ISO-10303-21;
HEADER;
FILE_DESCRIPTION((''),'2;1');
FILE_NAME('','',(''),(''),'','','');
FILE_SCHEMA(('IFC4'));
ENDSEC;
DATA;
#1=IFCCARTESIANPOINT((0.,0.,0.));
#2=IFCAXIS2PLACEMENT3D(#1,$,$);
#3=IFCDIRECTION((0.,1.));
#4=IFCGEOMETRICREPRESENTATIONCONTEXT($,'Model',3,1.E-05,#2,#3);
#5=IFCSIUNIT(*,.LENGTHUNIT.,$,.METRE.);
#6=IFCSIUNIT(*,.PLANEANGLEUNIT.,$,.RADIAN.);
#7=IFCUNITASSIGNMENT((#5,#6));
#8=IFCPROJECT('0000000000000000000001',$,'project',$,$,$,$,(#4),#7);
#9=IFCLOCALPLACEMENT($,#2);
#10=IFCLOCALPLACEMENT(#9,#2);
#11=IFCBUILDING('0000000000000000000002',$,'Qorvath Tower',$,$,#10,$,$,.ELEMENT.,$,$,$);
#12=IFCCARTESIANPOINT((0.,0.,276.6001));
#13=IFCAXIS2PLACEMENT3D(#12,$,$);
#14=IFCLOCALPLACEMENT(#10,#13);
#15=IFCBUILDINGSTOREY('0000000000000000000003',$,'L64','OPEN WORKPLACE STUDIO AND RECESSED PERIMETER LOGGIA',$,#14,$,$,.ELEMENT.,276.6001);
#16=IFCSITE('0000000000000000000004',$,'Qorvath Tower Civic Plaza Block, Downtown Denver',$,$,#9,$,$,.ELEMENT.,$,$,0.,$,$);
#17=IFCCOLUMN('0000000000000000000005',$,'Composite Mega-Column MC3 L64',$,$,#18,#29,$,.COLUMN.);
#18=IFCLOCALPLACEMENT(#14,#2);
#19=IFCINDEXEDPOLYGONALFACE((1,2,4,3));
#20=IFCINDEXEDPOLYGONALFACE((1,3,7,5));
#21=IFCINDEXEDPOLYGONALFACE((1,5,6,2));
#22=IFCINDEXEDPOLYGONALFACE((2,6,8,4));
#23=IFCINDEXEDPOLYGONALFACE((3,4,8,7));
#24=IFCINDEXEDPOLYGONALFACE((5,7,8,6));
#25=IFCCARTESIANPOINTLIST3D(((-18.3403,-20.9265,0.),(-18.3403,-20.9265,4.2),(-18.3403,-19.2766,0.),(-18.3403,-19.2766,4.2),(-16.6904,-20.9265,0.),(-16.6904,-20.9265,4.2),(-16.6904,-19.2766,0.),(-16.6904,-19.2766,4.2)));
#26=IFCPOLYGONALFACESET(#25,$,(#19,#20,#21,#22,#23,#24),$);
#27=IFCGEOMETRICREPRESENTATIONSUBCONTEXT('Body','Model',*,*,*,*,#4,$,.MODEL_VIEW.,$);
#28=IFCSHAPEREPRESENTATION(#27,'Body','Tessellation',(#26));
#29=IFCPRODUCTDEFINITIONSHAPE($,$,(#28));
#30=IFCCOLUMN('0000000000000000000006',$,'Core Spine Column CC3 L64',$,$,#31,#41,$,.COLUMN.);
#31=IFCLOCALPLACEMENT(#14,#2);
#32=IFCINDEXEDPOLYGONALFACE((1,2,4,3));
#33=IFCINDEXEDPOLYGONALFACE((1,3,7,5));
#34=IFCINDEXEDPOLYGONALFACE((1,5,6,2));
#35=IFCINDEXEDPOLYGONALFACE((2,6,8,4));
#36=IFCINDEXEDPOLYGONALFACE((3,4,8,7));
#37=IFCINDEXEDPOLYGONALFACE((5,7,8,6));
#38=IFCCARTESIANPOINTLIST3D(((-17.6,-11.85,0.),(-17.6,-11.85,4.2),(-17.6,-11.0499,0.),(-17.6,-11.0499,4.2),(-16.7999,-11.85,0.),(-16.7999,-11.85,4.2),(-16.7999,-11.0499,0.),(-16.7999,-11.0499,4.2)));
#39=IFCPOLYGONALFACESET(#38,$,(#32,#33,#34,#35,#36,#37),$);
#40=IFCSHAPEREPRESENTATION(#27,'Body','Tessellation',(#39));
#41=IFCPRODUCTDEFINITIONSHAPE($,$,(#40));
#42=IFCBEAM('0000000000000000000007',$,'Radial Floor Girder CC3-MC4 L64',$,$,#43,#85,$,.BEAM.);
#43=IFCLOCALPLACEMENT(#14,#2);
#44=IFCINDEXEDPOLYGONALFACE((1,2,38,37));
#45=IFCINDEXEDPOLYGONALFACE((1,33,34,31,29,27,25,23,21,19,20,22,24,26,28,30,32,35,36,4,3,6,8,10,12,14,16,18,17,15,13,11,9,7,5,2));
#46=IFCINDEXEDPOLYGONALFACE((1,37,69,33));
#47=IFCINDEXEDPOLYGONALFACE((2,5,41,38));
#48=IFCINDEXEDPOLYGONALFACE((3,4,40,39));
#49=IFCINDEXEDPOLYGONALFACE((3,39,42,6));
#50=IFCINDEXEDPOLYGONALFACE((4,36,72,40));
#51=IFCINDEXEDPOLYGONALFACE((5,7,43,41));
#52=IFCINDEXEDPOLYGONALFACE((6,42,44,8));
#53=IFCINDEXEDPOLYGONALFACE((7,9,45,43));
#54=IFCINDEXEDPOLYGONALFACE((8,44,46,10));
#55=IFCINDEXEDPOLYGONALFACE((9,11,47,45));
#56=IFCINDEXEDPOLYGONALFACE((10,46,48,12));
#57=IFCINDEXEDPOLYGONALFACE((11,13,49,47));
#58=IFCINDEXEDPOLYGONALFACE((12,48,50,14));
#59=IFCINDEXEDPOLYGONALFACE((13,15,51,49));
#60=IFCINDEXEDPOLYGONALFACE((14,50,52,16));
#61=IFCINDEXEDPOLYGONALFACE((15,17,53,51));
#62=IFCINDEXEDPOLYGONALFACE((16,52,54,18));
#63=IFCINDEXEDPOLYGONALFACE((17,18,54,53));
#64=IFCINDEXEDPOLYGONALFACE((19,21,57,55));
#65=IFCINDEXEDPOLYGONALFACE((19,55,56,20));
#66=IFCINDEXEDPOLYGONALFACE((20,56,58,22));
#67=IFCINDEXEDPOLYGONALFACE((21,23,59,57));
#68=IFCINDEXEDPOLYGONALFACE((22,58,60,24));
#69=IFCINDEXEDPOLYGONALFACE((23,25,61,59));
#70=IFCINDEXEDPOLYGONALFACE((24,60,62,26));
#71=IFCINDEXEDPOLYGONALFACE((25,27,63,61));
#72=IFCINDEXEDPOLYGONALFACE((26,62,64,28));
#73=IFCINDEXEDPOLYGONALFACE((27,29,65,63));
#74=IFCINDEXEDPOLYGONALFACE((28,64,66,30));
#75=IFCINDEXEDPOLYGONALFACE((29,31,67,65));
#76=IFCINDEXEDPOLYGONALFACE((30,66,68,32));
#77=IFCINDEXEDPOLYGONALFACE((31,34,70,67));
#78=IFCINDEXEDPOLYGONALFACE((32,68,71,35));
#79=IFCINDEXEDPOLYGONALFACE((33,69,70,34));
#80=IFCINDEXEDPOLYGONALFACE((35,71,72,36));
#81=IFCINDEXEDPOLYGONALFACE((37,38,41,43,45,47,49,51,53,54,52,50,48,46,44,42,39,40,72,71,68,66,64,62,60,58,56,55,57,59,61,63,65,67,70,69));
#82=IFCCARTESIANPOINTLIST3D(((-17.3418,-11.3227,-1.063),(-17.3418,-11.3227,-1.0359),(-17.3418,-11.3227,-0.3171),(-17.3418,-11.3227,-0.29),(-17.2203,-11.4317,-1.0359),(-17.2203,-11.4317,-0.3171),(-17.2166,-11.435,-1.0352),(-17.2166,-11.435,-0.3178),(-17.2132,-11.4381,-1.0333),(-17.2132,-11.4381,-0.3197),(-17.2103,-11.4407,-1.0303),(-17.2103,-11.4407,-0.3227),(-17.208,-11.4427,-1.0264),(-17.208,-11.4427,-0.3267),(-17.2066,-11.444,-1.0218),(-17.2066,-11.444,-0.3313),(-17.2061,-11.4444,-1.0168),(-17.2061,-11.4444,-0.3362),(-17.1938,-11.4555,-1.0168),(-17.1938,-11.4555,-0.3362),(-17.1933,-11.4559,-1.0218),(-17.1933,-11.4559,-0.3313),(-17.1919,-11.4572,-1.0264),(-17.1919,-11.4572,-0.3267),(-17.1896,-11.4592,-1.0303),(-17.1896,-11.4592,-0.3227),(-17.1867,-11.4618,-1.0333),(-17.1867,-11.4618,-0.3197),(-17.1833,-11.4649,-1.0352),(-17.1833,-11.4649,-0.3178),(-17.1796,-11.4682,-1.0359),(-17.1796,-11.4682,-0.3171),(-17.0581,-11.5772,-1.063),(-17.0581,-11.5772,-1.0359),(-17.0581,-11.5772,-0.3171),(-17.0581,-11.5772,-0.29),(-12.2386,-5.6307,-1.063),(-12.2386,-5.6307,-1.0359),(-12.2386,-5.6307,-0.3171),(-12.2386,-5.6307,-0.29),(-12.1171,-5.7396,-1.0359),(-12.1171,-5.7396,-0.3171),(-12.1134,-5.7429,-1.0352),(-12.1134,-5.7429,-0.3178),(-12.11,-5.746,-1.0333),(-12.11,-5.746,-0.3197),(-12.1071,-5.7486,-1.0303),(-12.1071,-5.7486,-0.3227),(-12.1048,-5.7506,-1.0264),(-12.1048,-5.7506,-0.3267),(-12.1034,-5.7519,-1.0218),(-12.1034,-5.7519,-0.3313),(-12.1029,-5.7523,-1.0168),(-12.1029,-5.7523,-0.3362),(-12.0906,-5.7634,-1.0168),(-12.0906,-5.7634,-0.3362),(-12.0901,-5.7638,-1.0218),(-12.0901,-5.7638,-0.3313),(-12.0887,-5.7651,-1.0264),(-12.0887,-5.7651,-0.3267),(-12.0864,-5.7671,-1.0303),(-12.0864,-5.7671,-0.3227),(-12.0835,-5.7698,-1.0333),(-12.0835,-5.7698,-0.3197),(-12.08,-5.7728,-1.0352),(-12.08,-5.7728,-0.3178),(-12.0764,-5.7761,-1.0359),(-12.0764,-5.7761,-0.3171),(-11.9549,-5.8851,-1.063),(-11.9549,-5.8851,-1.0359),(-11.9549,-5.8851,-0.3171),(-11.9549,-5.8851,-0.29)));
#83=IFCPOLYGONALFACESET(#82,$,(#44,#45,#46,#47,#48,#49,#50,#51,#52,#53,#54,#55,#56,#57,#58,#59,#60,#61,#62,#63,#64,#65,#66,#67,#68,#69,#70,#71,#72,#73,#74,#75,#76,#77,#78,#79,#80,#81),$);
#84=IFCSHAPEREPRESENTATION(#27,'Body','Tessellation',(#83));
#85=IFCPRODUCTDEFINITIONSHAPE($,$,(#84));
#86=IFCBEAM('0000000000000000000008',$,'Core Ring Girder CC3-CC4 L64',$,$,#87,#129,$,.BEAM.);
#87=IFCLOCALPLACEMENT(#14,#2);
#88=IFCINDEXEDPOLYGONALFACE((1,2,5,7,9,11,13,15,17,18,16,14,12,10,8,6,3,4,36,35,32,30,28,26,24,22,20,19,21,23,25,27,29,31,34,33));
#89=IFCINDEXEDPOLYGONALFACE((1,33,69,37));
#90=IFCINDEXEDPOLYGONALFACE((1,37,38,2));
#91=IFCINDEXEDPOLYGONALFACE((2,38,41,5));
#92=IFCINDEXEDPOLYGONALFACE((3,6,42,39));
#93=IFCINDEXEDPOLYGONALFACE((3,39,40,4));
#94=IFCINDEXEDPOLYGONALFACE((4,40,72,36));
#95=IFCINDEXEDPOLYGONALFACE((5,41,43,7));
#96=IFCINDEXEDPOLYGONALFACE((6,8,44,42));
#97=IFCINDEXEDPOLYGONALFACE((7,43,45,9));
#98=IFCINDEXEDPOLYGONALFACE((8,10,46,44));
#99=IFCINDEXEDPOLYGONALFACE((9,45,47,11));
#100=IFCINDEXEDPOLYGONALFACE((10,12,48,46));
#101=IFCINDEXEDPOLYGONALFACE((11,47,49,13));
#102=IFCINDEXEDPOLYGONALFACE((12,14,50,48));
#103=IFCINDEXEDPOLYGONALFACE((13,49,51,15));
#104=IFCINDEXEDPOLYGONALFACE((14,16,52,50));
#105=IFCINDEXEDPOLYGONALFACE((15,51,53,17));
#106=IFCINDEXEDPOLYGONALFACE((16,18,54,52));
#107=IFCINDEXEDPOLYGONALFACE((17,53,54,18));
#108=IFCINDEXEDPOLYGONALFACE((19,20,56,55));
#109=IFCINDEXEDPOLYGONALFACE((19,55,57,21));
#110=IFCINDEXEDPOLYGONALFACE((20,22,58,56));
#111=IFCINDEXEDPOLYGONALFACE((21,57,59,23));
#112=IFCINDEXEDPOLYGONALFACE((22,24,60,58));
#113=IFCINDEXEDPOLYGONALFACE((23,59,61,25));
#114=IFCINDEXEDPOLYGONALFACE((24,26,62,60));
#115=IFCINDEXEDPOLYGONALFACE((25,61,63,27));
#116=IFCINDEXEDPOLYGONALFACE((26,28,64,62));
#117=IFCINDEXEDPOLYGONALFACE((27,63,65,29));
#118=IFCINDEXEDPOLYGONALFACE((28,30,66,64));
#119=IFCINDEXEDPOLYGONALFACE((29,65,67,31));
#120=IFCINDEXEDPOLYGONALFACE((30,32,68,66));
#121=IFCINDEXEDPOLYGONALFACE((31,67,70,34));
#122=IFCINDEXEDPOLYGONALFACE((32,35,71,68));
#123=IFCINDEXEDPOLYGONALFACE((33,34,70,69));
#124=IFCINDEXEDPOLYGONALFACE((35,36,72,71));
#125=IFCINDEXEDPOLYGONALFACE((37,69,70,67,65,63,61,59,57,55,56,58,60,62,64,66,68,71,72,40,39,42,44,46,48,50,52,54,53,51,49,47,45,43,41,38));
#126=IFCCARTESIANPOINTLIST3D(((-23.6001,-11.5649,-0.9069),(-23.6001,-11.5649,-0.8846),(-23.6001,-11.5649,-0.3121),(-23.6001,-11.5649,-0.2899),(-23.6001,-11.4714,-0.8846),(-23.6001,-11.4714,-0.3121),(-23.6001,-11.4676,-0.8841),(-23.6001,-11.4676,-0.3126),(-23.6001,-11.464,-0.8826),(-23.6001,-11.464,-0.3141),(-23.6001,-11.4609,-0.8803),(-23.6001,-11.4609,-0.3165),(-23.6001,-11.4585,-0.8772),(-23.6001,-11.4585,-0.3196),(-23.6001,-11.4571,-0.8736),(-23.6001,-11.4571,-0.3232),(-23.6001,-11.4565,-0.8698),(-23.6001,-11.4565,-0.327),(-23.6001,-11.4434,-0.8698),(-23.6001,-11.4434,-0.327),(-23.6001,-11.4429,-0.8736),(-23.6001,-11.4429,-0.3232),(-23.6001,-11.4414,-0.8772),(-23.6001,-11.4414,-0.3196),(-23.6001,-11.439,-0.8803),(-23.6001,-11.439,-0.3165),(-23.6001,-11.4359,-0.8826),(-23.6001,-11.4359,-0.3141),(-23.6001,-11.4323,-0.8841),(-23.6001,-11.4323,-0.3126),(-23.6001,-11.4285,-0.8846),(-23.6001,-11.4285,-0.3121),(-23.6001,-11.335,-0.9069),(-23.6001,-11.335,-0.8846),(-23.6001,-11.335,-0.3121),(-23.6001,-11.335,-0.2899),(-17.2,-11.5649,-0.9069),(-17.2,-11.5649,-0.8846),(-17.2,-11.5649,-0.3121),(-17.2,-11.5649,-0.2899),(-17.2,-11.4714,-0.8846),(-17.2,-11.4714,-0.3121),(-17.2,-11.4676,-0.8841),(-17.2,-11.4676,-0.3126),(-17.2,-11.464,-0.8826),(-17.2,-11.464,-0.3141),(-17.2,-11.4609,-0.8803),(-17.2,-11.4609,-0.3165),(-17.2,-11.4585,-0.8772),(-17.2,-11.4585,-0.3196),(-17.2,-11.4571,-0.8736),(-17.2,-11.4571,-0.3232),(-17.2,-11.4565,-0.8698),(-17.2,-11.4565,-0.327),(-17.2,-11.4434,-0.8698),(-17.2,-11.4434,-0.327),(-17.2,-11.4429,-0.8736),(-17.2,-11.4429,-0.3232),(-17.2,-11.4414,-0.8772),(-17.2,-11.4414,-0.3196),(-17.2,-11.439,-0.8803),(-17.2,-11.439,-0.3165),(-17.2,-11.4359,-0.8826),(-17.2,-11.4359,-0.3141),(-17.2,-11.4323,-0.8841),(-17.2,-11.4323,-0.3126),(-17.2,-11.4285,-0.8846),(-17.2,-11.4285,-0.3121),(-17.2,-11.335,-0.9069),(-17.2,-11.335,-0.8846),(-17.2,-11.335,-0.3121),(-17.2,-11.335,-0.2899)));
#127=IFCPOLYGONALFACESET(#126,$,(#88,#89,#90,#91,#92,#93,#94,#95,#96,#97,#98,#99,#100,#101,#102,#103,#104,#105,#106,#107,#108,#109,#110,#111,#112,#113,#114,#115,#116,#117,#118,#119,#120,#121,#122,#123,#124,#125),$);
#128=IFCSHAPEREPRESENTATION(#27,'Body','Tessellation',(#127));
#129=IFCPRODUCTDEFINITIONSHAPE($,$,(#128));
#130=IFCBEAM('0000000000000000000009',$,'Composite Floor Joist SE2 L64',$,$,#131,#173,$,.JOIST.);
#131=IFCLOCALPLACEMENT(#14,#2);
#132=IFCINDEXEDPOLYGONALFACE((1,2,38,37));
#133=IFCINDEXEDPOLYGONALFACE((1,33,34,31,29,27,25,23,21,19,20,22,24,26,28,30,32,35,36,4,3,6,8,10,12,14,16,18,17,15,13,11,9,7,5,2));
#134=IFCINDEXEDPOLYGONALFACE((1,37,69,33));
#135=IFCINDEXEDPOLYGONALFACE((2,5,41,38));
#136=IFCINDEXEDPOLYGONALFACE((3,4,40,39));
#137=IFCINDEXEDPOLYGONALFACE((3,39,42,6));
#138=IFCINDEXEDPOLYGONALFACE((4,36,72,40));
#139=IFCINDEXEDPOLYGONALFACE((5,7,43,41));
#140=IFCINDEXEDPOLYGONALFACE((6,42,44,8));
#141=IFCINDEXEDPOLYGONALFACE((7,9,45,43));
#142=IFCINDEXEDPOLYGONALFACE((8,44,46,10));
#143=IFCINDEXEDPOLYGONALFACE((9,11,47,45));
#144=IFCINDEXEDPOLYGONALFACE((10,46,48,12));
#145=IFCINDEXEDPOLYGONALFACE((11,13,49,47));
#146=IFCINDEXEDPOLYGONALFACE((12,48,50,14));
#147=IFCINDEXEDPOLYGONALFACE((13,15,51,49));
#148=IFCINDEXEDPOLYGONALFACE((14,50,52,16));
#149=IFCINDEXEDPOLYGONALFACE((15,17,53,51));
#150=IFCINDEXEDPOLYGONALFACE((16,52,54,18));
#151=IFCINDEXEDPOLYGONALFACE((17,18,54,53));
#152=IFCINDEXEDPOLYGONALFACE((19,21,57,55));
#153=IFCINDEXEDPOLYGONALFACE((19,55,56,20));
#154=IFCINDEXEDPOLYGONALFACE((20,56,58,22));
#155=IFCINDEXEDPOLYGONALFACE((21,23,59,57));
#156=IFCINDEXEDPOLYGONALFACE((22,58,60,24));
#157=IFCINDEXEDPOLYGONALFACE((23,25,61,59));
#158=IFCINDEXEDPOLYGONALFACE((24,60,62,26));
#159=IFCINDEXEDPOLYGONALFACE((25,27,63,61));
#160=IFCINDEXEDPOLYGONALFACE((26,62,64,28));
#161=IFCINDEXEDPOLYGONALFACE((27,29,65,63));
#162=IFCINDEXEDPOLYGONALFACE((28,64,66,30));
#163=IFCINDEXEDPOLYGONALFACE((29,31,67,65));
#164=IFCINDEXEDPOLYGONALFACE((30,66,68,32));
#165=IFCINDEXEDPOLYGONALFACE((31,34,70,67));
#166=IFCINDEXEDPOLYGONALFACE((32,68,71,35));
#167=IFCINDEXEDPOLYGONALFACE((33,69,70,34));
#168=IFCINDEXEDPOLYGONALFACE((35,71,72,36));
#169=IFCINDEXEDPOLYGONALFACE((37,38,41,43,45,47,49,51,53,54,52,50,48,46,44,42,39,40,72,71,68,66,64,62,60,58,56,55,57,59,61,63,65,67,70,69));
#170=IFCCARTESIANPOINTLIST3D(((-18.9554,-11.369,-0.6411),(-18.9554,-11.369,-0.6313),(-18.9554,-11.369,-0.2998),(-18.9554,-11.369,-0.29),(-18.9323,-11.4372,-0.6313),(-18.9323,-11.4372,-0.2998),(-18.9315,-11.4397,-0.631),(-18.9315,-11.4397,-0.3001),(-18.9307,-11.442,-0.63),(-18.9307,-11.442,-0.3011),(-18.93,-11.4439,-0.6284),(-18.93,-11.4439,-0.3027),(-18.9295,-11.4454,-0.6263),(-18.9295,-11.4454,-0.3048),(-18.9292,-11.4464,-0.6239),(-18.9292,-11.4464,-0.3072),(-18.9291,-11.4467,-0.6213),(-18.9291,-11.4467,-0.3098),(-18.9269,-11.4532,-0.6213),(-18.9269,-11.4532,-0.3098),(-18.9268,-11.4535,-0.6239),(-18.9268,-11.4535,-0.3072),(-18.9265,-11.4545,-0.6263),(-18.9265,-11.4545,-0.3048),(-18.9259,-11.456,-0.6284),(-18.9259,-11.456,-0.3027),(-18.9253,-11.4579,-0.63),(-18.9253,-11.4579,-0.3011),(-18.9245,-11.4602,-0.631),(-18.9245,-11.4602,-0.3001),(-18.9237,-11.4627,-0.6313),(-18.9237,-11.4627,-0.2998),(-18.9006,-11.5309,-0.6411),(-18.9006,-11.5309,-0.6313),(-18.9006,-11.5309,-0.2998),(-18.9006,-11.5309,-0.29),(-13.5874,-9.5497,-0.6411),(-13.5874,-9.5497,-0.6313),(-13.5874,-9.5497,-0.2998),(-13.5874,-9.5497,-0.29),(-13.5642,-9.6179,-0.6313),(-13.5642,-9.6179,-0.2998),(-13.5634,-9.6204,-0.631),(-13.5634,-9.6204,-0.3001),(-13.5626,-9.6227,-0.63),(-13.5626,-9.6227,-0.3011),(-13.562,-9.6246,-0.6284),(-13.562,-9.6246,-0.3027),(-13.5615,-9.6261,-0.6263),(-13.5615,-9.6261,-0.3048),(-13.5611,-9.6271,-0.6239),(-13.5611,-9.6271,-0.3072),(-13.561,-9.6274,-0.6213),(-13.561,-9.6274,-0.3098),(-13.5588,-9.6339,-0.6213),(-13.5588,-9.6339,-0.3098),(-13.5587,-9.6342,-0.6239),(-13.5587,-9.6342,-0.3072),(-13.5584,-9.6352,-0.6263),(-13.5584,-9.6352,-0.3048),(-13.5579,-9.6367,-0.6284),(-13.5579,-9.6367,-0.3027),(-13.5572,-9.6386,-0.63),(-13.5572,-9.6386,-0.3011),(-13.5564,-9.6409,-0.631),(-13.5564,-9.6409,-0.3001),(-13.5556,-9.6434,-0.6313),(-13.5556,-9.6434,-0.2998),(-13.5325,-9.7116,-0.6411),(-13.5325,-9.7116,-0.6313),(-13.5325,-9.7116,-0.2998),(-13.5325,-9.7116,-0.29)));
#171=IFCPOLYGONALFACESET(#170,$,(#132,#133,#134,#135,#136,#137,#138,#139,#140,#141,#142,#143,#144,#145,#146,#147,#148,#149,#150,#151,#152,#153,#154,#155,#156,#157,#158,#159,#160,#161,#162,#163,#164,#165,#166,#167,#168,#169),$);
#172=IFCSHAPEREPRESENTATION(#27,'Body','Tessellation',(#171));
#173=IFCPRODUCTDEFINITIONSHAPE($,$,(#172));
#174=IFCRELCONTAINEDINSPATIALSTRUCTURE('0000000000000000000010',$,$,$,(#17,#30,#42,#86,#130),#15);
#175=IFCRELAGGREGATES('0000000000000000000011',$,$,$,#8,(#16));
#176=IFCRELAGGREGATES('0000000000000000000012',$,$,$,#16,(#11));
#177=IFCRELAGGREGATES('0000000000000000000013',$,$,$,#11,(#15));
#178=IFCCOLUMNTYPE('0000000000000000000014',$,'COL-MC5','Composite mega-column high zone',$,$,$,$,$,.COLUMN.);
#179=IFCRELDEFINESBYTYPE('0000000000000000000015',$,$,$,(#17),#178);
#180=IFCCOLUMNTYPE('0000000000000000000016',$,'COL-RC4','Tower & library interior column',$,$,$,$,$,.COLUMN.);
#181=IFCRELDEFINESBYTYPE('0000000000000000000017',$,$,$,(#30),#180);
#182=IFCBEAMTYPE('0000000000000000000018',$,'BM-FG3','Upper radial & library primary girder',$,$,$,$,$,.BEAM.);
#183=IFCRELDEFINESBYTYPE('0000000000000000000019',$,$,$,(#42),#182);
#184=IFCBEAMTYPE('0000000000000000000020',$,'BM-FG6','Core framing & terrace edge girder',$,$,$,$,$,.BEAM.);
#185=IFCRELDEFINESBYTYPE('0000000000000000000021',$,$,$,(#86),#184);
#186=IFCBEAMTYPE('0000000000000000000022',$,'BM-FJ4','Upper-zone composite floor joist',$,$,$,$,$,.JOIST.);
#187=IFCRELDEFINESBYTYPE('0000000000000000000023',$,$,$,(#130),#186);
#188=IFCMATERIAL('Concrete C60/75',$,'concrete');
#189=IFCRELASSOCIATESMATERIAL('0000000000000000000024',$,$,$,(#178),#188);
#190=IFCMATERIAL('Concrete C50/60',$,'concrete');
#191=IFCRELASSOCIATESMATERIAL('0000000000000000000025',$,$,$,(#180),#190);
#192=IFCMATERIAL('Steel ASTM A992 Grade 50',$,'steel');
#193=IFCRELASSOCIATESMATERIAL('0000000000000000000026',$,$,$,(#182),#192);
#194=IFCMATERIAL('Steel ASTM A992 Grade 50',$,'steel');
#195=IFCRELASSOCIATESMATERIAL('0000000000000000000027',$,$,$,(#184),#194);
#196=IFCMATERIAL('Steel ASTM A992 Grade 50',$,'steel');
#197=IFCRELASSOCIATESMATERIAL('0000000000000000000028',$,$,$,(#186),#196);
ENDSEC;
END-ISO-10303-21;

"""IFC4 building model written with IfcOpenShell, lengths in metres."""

from ifc_helpers import new_model, si_unit, direction, frame, origin, origin_2d, place, context, subcontext, project, spatial, rectangle, i_section, extrude, material, material_profile, profile_set, type_object, element, save


model = new_model("IFC4")

# Units and contexts
model_context = context("Model", 3, precision=1e-05, world=origin(), true_north=direction((0.0, 1.0)))
body_context = subcontext(model_context, "Body", "Model", "MODEL_VIEW")
ifc_project = project(units=[si_unit("LENGTHUNIT", "METRE"), si_unit("PLANEANGLEUNIT", "RADIAN")], contexts=[model_context])

# Site, building, storey
site_placement = place(None, origin())
site = spatial("IfcSite", under=ifc_project, at=site_placement, Name="Qorvath Tower Civic Plaza Block, Downtown Denver", CompositionType="ELEMENT", RefElevation=0.0)
building_placement = place(site_placement, origin())
building = spatial("IfcBuilding", under=site, at=building_placement, Name="Qorvath Tower", CompositionType="ELEMENT")
storey_placement = place(building_placement, frame((0.0, 0.0, 276.6001)))
storey = spatial("IfcBuildingStorey", under=building, at=storey_placement, Name="L64", Description="OPEN WORKPLACE STUDIO AND RECESSED PERIMETER LOGGIA", CompositionType="ELEMENT", Elevation=276.6001)

# Columns
ifc_material_1 = material(Name="Concrete C60/75", Category="concrete")
ifc_material_profile_1 = material_profile(ifc_material_1, rectangle(XDim=1.6499, YDim=1.6499, at=origin_2d()), Name="MC 1650x1650")
ifc_profile_set_1 = profile_set([ifc_material_profile_1], Name="Concrete C60/75")
column_type_1 = type_object("IfcColumnType", Name="COL-MC5", Description="Composite mega-column high zone", PredefinedType="COLUMN", material=ifc_profile_set_1)
column_1_placement = place(storey_placement, frame((-17.5154, -20.1016, 0.0), z_axis=(0.0, 0.0, 1.0), x_axis=(1.0, 0.0, 0.0)))
element("IfcColumn", 1, at=column_1_placement, inside=storey, type_object=column_type_1, Name="Composite Mega-Column MC3 L64", PredefinedType="COLUMN", context=body_context, shape_type="SweptSolid", body=[
    extrude(rectangle(XDim=1.6499, YDim=1.6499, at=origin_2d()), origin(), (0.0, 0.0, 1.0), 4.2),
])
ifc_material_2 = material(Name="Concrete C50/60", Category="concrete")
ifc_material_profile_2 = material_profile(ifc_material_2, rectangle(XDim=0.8, YDim=0.8, at=origin_2d()), Name="RC 800x800")
ifc_profile_set_2 = profile_set([ifc_material_profile_2], Name="Concrete C50/60")
column_type_2 = type_object("IfcColumnType", Name="COL-RC4", Description="Tower & library interior column", PredefinedType="COLUMN", material=ifc_profile_set_2)
column_2_placement = place(storey_placement, frame((-17.2, -11.45, 0.0), z_axis=(0.0, 0.0, 1.0), x_axis=(1.0, 0.0, 0.0)))
element("IfcColumn", 2, at=column_2_placement, inside=storey, type_object=column_type_2, Name="Core Spine Column CC3 L64", PredefinedType="COLUMN", context=body_context, shape_type="SweptSolid", body=[
    extrude(rectangle(XDim=0.8, YDim=0.8, at=origin_2d()), origin(), (0.0, 0.0, 1.0), 4.2),
])

# Beams
ifc_material_3 = material(Name="Steel ASTM A992 Grade 50", Category="steel")
ifc_material_profile_3 = material_profile(ifc_material_3, i_section(OverallWidth=0.3811, OverallDepth=0.7729, WebThickness=0.0166, FlangeThickness=0.0271, FilletRadius=0.019, at=origin_2d()), Name="W30x173")
ifc_profile_set_3 = profile_set([ifc_material_profile_3], Name="Steel ASTM A992 Grade 50")
beam_type_1 = type_object("IfcBeamType", Name="BM-FG3", Description="Upper radial & library primary girder", PredefinedType="BEAM", material=ifc_profile_set_3)
beam_1_placement = place(storey_placement, frame((-17.2, -11.45, -0.6765), z_axis=(0.667543, 0.744571, 0.0), x_axis=(-0.744571, 0.667543, 0.0)))
element("IfcBeam", 3, at=beam_1_placement, inside=storey, type_object=beam_type_1, Name="Radial Floor Girder CC3-MC4 L64", PredefinedType="BEAM", context=body_context, shape_type="SweptSolid", body=[
    extrude(i_section(OverallWidth=0.3811, OverallDepth=0.7729, WebThickness=0.0166, FlangeThickness=0.0271, FilletRadius=0.019, at=origin_2d()), origin(), (0.0, 0.0, 1.0), 7.6448),
])
ifc_material_4 = material(Name="Steel ASTM A992 Grade 50", Category="steel")
ifc_material_profile_4 = material_profile(ifc_material_4, i_section(OverallWidth=0.23, OverallDepth=0.6169, WebThickness=0.0132, FlangeThickness=0.0222, FilletRadius=0.0149, at=origin_2d()), Name="W24x94")
ifc_profile_set_4 = profile_set([ifc_material_profile_4], Name="Steel ASTM A992 Grade 50")
beam_type_2 = type_object("IfcBeamType", Name="BM-FG6", Description="Core framing & terrace edge girder", PredefinedType="BEAM", material=ifc_profile_set_4)
beam_2_placement = place(storey_placement, frame((-17.2, -11.45, -0.5984), z_axis=(-1.0, 0.0, 0.0), x_axis=(0.0, -1.0, 0.0)))
element("IfcBeam", 4, at=beam_2_placement, inside=storey, type_object=beam_type_2, Name="Core Ring Girder CC3-CC4 L64", PredefinedType="BEAM", context=body_context, shape_type="SweptSolid", body=[
    extrude(i_section(OverallWidth=0.23, OverallDepth=0.6169, WebThickness=0.0132, FlangeThickness=0.0222, FilletRadius=0.0149, at=origin_2d()), origin(), (0.0, 0.0, 1.0), 6.4001),
])
ifc_material_5 = material(Name="Steel ASTM A992 Grade 50", Category="steel")
ifc_material_profile_5 = material_profile(ifc_material_5, i_section(OverallWidth=0.1709, OverallDepth=0.3511, WebThickness=0.0068, FlangeThickness=0.0098, FilletRadius=0.01, at=origin_2d()), Name="W14x30")
ifc_profile_set_5 = profile_set([ifc_material_profile_5], Name="Steel ASTM A992 Grade 50")
beam_type_3 = type_object("IfcBeamType", Name="BM-FJ4", Description="Upper-zone composite floor joist", PredefinedType="JOIST", material=ifc_profile_set_5)
beam_3_placement = place(storey_placement, frame((-18.928, -11.45, -0.4656), z_axis=(0.947086, 0.320979, 0.0), x_axis=(-0.320979, 0.947086, 0.0)))
element("IfcBeam", 5, at=beam_3_placement, inside=storey, type_object=beam_type_3, Name="Composite Floor Joist SE2 L64", PredefinedType="JOIST", context=body_context, shape_type="SweptSolid", body=[
    extrude(i_section(OverallWidth=0.1709, OverallDepth=0.3511, WebThickness=0.0068, FlangeThickness=0.0098, FilletRadius=0.01, at=origin_2d()), origin(), (0.0, 0.0, 1.0), 5.668),
])

save(model, "model.ifc")
